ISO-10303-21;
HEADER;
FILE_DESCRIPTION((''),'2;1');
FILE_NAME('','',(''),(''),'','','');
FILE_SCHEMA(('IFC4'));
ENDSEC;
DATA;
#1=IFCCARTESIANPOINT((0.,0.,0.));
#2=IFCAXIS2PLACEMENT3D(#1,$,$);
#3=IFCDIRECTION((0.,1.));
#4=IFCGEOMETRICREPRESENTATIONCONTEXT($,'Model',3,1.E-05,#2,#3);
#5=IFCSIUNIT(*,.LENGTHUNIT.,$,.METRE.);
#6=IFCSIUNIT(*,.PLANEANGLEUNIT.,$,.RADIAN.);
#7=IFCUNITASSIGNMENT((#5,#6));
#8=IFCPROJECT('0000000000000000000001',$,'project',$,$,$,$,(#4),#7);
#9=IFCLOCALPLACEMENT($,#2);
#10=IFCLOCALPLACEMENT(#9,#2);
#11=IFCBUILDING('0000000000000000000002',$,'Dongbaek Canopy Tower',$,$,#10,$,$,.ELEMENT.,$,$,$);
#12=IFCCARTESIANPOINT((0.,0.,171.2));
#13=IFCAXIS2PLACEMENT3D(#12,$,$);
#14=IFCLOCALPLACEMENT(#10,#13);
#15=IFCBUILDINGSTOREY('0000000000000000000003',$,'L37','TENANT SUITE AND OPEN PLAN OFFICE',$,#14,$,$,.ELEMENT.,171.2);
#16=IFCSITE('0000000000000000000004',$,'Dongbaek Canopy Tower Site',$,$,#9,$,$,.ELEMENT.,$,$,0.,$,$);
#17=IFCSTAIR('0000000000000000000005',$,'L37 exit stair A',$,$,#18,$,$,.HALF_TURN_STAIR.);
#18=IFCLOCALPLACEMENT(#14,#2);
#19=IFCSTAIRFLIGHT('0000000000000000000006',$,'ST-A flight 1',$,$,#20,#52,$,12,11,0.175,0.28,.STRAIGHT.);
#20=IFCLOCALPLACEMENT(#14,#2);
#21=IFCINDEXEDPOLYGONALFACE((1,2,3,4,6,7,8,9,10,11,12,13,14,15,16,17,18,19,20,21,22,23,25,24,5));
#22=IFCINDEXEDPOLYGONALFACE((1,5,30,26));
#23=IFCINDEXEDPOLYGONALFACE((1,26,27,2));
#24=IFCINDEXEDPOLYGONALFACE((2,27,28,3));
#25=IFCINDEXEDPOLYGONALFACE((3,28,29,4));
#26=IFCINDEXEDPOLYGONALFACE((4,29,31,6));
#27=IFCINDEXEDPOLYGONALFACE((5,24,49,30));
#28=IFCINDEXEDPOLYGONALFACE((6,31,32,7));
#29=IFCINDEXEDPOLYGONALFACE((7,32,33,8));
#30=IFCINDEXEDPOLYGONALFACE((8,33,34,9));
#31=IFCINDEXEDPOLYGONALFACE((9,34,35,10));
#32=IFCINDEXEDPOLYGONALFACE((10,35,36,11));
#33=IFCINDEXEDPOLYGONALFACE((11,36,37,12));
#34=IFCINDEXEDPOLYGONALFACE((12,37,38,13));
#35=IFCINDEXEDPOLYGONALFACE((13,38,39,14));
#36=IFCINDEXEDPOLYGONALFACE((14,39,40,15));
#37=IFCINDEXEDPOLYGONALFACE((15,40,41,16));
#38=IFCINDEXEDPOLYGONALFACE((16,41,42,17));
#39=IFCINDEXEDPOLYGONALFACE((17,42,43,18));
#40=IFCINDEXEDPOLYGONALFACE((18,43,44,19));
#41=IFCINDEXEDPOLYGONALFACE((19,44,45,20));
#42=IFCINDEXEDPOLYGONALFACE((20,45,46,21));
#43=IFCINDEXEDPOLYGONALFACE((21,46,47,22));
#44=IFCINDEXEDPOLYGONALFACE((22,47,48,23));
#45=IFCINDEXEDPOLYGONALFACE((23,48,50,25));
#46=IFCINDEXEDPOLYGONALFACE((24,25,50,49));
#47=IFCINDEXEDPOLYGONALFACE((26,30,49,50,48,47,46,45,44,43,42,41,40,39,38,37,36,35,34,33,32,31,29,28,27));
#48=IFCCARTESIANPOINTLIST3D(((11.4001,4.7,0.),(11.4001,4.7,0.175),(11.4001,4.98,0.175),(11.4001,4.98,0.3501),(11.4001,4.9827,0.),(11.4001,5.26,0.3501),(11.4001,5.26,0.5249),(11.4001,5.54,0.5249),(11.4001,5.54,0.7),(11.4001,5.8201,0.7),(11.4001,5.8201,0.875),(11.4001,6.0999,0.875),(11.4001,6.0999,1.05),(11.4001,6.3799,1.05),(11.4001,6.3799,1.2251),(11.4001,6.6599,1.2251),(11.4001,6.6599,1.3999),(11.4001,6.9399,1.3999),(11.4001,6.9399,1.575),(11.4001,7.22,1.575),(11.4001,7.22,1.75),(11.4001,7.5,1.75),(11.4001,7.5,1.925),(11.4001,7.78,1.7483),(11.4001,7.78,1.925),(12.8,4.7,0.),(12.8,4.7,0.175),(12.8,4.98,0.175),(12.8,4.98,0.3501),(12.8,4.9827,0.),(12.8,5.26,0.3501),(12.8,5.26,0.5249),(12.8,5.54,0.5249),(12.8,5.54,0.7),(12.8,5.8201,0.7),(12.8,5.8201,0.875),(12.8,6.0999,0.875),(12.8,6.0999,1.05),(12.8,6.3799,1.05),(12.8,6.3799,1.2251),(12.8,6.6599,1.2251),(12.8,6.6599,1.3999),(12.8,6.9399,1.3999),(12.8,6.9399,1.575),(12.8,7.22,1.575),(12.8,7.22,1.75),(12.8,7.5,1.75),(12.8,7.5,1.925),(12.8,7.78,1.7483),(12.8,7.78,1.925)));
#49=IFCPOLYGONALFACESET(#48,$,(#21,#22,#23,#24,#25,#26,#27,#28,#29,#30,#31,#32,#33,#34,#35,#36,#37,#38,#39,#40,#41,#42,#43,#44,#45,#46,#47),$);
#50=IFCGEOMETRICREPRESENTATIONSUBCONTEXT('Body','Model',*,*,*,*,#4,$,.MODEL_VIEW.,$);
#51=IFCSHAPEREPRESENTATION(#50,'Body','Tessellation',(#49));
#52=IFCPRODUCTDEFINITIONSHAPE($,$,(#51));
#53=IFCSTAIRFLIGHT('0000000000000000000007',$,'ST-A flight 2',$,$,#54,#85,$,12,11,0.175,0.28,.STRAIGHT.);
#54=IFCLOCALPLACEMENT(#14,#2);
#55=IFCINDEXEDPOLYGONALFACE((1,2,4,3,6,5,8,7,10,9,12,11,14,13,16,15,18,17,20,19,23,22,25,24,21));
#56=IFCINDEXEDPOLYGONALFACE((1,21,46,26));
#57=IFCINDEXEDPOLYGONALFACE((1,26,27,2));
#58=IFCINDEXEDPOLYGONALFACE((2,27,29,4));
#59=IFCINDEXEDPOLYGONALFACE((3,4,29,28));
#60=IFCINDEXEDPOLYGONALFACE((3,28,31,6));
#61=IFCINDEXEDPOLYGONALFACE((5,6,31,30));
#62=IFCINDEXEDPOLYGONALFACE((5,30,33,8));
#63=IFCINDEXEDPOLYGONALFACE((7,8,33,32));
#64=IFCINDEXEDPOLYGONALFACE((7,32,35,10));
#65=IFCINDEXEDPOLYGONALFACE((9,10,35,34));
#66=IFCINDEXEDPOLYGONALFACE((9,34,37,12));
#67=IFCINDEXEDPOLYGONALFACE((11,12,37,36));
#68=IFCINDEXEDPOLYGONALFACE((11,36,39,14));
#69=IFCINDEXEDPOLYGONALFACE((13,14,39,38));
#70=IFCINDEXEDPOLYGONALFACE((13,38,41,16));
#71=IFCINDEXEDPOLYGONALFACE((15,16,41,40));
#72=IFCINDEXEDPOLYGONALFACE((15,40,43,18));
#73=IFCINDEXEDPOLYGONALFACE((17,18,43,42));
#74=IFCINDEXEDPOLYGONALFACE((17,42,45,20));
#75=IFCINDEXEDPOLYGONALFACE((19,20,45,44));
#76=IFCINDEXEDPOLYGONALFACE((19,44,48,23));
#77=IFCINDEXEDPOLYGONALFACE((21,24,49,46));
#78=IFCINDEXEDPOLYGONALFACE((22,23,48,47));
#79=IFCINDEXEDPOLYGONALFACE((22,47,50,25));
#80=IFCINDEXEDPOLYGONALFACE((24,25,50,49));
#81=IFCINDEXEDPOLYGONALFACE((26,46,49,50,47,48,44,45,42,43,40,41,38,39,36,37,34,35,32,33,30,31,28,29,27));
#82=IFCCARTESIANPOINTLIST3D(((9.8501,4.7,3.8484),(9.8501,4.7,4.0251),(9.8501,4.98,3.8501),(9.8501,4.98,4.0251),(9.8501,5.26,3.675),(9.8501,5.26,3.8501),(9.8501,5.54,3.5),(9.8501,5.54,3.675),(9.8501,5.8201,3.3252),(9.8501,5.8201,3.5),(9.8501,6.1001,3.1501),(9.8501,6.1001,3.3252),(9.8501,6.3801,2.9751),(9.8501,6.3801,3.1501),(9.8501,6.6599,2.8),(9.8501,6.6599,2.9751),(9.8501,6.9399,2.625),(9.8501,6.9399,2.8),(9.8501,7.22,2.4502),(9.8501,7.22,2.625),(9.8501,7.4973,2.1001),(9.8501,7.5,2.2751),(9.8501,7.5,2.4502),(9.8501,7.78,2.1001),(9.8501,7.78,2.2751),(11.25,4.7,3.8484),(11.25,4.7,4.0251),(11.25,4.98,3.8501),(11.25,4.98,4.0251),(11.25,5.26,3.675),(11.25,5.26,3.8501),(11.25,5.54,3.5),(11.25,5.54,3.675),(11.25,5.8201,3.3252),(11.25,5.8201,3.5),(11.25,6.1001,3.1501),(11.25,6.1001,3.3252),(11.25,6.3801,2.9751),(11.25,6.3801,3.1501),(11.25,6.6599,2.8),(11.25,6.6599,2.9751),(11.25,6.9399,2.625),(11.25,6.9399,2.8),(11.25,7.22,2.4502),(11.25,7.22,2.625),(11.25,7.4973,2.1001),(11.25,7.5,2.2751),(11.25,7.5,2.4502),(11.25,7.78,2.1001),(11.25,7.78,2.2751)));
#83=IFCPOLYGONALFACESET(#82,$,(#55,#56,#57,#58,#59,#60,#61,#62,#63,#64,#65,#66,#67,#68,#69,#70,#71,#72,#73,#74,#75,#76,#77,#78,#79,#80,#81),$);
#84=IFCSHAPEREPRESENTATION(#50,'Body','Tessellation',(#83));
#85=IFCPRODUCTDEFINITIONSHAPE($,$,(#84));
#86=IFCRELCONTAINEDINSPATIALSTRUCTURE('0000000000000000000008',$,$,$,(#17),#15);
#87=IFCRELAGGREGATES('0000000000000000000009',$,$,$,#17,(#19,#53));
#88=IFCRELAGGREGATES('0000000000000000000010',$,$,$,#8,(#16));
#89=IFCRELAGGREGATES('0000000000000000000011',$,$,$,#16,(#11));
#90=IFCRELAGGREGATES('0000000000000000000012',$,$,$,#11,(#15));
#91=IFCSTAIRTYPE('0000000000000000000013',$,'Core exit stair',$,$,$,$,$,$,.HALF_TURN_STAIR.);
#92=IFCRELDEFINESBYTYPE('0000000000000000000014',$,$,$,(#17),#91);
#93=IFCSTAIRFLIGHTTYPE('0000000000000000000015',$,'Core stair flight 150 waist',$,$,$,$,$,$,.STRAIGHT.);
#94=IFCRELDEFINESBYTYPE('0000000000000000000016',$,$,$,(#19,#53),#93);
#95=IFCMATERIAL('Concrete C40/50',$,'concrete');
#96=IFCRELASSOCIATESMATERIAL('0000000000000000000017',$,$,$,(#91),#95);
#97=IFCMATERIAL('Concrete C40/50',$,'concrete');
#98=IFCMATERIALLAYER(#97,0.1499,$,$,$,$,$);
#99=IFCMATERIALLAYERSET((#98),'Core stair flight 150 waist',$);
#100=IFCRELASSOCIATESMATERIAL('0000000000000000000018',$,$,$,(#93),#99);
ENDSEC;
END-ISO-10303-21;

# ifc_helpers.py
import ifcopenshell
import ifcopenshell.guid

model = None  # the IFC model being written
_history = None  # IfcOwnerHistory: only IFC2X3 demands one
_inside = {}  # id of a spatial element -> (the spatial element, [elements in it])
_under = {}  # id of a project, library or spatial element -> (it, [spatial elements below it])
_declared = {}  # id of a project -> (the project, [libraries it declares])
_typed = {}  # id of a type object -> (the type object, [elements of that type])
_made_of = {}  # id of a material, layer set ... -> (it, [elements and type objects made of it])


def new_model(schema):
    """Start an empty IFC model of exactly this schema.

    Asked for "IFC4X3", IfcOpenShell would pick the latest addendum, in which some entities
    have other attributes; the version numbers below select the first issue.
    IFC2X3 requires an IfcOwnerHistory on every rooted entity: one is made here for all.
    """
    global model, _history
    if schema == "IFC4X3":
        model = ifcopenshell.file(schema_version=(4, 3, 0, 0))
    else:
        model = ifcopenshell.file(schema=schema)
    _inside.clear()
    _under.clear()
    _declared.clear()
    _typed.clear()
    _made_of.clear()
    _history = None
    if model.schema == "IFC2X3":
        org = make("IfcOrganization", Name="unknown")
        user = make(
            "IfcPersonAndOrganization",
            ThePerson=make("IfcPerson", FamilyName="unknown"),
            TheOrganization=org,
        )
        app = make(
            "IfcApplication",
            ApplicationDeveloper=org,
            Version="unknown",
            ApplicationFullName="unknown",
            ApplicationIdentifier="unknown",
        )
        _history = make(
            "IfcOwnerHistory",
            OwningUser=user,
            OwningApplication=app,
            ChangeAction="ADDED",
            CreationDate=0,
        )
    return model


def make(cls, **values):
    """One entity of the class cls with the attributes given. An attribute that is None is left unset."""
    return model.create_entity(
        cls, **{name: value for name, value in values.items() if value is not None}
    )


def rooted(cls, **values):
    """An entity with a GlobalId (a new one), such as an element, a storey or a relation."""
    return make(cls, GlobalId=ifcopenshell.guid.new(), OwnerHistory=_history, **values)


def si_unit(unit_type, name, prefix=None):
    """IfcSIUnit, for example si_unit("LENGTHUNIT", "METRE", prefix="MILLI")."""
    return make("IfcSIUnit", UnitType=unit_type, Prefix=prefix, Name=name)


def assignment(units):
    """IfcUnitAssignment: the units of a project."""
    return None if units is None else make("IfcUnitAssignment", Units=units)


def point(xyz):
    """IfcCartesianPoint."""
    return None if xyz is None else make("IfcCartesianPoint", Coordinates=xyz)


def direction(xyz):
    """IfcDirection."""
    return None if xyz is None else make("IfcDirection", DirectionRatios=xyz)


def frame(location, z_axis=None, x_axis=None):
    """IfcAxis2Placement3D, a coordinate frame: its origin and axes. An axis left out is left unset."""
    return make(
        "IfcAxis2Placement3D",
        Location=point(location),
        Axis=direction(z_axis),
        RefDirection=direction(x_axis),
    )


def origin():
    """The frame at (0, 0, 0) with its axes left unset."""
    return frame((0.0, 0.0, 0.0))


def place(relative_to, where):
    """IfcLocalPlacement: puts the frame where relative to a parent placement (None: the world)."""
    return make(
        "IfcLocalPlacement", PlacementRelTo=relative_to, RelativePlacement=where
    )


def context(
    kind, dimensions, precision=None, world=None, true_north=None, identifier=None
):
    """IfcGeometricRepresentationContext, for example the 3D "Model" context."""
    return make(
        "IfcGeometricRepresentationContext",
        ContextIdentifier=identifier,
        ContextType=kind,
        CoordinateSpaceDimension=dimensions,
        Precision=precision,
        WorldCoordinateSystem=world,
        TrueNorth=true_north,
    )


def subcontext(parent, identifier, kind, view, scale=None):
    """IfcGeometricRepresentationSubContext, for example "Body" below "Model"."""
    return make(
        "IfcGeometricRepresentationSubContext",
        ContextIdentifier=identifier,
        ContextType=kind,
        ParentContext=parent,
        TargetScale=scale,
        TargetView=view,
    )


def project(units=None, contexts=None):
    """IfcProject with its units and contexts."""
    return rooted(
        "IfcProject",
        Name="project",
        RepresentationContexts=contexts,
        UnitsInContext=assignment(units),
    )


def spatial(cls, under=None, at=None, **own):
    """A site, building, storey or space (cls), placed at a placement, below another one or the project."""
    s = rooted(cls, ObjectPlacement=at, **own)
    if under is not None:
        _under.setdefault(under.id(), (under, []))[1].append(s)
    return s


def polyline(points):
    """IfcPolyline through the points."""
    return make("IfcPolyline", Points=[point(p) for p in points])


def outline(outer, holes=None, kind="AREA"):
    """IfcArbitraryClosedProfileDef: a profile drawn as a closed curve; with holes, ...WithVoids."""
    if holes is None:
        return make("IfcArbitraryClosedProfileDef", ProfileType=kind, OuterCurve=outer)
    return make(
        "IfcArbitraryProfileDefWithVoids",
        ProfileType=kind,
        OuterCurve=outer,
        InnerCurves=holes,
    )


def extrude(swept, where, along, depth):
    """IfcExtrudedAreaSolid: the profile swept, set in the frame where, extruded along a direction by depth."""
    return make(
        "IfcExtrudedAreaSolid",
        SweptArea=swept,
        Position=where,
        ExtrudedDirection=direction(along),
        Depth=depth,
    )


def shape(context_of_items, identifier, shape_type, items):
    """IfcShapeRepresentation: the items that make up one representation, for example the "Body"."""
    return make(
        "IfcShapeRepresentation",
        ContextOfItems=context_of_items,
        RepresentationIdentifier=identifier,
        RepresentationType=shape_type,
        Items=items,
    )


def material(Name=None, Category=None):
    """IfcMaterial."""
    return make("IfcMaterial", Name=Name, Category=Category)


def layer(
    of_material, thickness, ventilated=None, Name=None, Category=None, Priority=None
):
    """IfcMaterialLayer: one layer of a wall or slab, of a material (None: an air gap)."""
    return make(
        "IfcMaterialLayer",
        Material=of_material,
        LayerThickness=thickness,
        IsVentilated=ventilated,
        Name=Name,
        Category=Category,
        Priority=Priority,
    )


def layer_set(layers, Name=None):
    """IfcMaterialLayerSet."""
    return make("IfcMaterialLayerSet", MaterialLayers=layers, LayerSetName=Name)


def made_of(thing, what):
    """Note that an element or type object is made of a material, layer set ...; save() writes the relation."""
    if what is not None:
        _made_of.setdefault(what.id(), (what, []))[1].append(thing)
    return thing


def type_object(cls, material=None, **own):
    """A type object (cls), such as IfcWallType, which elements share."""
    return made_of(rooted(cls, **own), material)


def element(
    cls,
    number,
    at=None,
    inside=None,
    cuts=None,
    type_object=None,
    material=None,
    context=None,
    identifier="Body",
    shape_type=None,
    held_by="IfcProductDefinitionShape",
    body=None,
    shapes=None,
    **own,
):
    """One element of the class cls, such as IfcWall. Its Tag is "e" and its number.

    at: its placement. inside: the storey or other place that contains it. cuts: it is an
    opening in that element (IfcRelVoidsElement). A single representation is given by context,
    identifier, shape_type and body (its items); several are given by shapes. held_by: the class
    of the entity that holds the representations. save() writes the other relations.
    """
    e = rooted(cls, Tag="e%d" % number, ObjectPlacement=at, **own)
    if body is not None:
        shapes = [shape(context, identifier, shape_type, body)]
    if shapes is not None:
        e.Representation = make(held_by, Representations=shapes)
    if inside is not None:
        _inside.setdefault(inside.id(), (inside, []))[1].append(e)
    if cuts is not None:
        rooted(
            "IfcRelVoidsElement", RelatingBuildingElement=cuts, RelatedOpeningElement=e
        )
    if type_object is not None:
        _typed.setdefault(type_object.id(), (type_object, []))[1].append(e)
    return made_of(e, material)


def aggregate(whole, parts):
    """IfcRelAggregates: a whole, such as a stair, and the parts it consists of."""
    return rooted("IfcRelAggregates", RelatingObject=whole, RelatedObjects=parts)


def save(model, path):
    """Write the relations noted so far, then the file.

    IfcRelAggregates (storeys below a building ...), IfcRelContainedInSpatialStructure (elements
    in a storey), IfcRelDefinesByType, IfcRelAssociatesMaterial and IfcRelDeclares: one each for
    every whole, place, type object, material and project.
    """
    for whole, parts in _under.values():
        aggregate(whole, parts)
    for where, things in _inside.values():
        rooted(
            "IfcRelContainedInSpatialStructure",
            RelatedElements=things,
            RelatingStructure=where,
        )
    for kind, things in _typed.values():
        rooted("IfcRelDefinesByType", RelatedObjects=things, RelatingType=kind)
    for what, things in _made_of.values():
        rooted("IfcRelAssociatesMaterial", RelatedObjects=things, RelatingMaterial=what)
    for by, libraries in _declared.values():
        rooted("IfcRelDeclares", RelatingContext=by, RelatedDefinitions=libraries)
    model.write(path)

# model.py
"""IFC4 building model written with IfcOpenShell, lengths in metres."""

from ifc_helpers import new_model, si_unit, direction, frame, origin, place, context, subcontext, project, spatial, polyline, outline, extrude, material, layer, layer_set, type_object, element, aggregate, save


model = new_model("IFC4")

# Units and contexts
model_context = context("Model", 3, precision=1e-05, world=origin(), true_north=direction((0.0, 1.0)))
body_context = subcontext(model_context, "Body", "Model", "MODEL_VIEW")
ifc_project = project(units=[si_unit("LENGTHUNIT", "METRE"), si_unit("PLANEANGLEUNIT", "RADIAN")], contexts=[model_context])

# Site, building, storey
site_placement = place(None, origin())
site = spatial("IfcSite", under=ifc_project, at=site_placement, Name="Dongbaek Canopy Tower Site", CompositionType="ELEMENT", RefElevation=0.0)
building_placement = place(site_placement, origin())
building = spatial("IfcBuilding", under=site, at=building_placement, Name="Dongbaek Canopy Tower", CompositionType="ELEMENT")
storey_placement = place(building_placement, frame((0.0, 0.0, 171.2)))
storey = spatial("IfcBuildingStorey", under=building, at=storey_placement, Name="L37", Description="TENANT SUITE AND OPEN PLAN OFFICE", CompositionType="ELEMENT", Elevation=171.2)

# Shared definitions
ifc_material_1 = material(Name="Concrete C40/50", Category="concrete")
stair_type = type_object("IfcStairType", Name="Core exit stair", PredefinedType="HALF_TURN_STAIR", material=ifc_material_1)

# Stair, stair flights
stair_1_placement = place(storey_placement, origin())
stair_1 = element("IfcStair", 1, at=stair_1_placement, inside=storey, type_object=stair_type, Name="L37 exit stair A", PredefinedType="HALF_TURN_STAIR")
ifc_material_2 = material(Name="Concrete C40/50", Category="concrete")
ifc_layer_1 = layer(ifc_material_2, 0.1499)
ifc_layer_set_1 = layer_set([ifc_layer_1], Name="Core stair flight 150 waist")
stair_flight_type = type_object("IfcStairFlightType", Name="Core stair flight 150 waist", PredefinedType="STRAIGHT", material=ifc_layer_set_1)
stair_flight_1_placement = place(storey_placement, frame((12.1001, 4.7, 0.0), z_axis=(0.0, 0.0, 1.0), x_axis=(0.0, 1.0, 0.0)))
stair_flight_1 = element("IfcStairFlight", 2, at=stair_flight_1_placement, type_object=stair_flight_type, Name="ST-A flight 1", NumberOfRisers=12, NumberOfTreads=11, PredefinedType="STRAIGHT", RiserHeight=0.175, TreadLength=0.28, context=body_context, shape_type="SweptSolid", body=[
    extrude(outline(polyline([(0.0, 0.0), (0.0, 0.175), (0.28, 0.175), (0.28, 0.3501), (0.5601, 0.3501), (0.5601, 0.5249), (0.8401, 0.5249), (0.8401, 0.7), (1.1201, 0.7), (1.1201, 0.875), (1.3999, 0.875), (1.3999, 1.05), (1.6799, 1.05), (1.6799, 1.2251), (1.96, 1.2251), (1.96, 1.3999), (2.24, 1.3999), (2.24, 1.575), (2.52, 1.575), (2.52, 1.75), (2.8, 1.75), (2.8, 1.925), (3.0801, 1.925), (3.0801, 2.1001), (3.0801, 1.7483), (0.2827, 0.0), (0.0, 0.0)])), frame((0.0, 0.7, 0.0), z_axis=(0.0, -1.0, 0.0), x_axis=(1.0, 0.0, 0.0)), (0.0, 0.0, 1.0), 1.3999),
])
stair_flight_2_placement = place(storey_placement, frame((10.55, 7.78, 2.1001), z_axis=(0.0, 0.0, 1.0), x_axis=(0.0, -1.0, 0.0)))
stair_flight_2 = element("IfcStairFlight", 3, at=stair_flight_2_placement, type_object=stair_flight_type, Name="ST-A flight 2", NumberOfRisers=12, NumberOfTreads=11, PredefinedType="STRAIGHT", RiserHeight=0.175, TreadLength=0.28, context=body_context, shape_type="SweptSolid", body=[
    extrude(outline(polyline([(0.0, 0.0), (0.0, 0.175), (0.28, 0.175), (0.28, 0.3501), (0.5601, 0.3501), (0.5601, 0.5249), (0.8401, 0.5249), (0.8401, 0.7), (1.1201, 0.7), (1.1201, 0.875), (1.3999, 0.875), (1.3999, 1.05), (1.6799, 1.05), (1.6799, 1.2251), (1.96, 1.2251), (1.96, 1.3999), (2.24, 1.3999), (2.24, 1.575), (2.52, 1.575), (2.52, 1.75), (2.8, 1.75), (2.8, 1.925), (3.0801, 1.925), (3.0801, 2.1001), (3.0801, 1.7483), (0.2827, 0.0), (0.0, 0.0)])), frame((0.0, 0.7, 0.0), z_axis=(0.0, -1.0, 0.0), x_axis=(1.0, 0.0, 0.0)), (0.0, 0.0, 1.0), 1.3999),
])
aggregate(stair_1, [stair_flight_1, stair_flight_2])

save(model, "model.ifc")
